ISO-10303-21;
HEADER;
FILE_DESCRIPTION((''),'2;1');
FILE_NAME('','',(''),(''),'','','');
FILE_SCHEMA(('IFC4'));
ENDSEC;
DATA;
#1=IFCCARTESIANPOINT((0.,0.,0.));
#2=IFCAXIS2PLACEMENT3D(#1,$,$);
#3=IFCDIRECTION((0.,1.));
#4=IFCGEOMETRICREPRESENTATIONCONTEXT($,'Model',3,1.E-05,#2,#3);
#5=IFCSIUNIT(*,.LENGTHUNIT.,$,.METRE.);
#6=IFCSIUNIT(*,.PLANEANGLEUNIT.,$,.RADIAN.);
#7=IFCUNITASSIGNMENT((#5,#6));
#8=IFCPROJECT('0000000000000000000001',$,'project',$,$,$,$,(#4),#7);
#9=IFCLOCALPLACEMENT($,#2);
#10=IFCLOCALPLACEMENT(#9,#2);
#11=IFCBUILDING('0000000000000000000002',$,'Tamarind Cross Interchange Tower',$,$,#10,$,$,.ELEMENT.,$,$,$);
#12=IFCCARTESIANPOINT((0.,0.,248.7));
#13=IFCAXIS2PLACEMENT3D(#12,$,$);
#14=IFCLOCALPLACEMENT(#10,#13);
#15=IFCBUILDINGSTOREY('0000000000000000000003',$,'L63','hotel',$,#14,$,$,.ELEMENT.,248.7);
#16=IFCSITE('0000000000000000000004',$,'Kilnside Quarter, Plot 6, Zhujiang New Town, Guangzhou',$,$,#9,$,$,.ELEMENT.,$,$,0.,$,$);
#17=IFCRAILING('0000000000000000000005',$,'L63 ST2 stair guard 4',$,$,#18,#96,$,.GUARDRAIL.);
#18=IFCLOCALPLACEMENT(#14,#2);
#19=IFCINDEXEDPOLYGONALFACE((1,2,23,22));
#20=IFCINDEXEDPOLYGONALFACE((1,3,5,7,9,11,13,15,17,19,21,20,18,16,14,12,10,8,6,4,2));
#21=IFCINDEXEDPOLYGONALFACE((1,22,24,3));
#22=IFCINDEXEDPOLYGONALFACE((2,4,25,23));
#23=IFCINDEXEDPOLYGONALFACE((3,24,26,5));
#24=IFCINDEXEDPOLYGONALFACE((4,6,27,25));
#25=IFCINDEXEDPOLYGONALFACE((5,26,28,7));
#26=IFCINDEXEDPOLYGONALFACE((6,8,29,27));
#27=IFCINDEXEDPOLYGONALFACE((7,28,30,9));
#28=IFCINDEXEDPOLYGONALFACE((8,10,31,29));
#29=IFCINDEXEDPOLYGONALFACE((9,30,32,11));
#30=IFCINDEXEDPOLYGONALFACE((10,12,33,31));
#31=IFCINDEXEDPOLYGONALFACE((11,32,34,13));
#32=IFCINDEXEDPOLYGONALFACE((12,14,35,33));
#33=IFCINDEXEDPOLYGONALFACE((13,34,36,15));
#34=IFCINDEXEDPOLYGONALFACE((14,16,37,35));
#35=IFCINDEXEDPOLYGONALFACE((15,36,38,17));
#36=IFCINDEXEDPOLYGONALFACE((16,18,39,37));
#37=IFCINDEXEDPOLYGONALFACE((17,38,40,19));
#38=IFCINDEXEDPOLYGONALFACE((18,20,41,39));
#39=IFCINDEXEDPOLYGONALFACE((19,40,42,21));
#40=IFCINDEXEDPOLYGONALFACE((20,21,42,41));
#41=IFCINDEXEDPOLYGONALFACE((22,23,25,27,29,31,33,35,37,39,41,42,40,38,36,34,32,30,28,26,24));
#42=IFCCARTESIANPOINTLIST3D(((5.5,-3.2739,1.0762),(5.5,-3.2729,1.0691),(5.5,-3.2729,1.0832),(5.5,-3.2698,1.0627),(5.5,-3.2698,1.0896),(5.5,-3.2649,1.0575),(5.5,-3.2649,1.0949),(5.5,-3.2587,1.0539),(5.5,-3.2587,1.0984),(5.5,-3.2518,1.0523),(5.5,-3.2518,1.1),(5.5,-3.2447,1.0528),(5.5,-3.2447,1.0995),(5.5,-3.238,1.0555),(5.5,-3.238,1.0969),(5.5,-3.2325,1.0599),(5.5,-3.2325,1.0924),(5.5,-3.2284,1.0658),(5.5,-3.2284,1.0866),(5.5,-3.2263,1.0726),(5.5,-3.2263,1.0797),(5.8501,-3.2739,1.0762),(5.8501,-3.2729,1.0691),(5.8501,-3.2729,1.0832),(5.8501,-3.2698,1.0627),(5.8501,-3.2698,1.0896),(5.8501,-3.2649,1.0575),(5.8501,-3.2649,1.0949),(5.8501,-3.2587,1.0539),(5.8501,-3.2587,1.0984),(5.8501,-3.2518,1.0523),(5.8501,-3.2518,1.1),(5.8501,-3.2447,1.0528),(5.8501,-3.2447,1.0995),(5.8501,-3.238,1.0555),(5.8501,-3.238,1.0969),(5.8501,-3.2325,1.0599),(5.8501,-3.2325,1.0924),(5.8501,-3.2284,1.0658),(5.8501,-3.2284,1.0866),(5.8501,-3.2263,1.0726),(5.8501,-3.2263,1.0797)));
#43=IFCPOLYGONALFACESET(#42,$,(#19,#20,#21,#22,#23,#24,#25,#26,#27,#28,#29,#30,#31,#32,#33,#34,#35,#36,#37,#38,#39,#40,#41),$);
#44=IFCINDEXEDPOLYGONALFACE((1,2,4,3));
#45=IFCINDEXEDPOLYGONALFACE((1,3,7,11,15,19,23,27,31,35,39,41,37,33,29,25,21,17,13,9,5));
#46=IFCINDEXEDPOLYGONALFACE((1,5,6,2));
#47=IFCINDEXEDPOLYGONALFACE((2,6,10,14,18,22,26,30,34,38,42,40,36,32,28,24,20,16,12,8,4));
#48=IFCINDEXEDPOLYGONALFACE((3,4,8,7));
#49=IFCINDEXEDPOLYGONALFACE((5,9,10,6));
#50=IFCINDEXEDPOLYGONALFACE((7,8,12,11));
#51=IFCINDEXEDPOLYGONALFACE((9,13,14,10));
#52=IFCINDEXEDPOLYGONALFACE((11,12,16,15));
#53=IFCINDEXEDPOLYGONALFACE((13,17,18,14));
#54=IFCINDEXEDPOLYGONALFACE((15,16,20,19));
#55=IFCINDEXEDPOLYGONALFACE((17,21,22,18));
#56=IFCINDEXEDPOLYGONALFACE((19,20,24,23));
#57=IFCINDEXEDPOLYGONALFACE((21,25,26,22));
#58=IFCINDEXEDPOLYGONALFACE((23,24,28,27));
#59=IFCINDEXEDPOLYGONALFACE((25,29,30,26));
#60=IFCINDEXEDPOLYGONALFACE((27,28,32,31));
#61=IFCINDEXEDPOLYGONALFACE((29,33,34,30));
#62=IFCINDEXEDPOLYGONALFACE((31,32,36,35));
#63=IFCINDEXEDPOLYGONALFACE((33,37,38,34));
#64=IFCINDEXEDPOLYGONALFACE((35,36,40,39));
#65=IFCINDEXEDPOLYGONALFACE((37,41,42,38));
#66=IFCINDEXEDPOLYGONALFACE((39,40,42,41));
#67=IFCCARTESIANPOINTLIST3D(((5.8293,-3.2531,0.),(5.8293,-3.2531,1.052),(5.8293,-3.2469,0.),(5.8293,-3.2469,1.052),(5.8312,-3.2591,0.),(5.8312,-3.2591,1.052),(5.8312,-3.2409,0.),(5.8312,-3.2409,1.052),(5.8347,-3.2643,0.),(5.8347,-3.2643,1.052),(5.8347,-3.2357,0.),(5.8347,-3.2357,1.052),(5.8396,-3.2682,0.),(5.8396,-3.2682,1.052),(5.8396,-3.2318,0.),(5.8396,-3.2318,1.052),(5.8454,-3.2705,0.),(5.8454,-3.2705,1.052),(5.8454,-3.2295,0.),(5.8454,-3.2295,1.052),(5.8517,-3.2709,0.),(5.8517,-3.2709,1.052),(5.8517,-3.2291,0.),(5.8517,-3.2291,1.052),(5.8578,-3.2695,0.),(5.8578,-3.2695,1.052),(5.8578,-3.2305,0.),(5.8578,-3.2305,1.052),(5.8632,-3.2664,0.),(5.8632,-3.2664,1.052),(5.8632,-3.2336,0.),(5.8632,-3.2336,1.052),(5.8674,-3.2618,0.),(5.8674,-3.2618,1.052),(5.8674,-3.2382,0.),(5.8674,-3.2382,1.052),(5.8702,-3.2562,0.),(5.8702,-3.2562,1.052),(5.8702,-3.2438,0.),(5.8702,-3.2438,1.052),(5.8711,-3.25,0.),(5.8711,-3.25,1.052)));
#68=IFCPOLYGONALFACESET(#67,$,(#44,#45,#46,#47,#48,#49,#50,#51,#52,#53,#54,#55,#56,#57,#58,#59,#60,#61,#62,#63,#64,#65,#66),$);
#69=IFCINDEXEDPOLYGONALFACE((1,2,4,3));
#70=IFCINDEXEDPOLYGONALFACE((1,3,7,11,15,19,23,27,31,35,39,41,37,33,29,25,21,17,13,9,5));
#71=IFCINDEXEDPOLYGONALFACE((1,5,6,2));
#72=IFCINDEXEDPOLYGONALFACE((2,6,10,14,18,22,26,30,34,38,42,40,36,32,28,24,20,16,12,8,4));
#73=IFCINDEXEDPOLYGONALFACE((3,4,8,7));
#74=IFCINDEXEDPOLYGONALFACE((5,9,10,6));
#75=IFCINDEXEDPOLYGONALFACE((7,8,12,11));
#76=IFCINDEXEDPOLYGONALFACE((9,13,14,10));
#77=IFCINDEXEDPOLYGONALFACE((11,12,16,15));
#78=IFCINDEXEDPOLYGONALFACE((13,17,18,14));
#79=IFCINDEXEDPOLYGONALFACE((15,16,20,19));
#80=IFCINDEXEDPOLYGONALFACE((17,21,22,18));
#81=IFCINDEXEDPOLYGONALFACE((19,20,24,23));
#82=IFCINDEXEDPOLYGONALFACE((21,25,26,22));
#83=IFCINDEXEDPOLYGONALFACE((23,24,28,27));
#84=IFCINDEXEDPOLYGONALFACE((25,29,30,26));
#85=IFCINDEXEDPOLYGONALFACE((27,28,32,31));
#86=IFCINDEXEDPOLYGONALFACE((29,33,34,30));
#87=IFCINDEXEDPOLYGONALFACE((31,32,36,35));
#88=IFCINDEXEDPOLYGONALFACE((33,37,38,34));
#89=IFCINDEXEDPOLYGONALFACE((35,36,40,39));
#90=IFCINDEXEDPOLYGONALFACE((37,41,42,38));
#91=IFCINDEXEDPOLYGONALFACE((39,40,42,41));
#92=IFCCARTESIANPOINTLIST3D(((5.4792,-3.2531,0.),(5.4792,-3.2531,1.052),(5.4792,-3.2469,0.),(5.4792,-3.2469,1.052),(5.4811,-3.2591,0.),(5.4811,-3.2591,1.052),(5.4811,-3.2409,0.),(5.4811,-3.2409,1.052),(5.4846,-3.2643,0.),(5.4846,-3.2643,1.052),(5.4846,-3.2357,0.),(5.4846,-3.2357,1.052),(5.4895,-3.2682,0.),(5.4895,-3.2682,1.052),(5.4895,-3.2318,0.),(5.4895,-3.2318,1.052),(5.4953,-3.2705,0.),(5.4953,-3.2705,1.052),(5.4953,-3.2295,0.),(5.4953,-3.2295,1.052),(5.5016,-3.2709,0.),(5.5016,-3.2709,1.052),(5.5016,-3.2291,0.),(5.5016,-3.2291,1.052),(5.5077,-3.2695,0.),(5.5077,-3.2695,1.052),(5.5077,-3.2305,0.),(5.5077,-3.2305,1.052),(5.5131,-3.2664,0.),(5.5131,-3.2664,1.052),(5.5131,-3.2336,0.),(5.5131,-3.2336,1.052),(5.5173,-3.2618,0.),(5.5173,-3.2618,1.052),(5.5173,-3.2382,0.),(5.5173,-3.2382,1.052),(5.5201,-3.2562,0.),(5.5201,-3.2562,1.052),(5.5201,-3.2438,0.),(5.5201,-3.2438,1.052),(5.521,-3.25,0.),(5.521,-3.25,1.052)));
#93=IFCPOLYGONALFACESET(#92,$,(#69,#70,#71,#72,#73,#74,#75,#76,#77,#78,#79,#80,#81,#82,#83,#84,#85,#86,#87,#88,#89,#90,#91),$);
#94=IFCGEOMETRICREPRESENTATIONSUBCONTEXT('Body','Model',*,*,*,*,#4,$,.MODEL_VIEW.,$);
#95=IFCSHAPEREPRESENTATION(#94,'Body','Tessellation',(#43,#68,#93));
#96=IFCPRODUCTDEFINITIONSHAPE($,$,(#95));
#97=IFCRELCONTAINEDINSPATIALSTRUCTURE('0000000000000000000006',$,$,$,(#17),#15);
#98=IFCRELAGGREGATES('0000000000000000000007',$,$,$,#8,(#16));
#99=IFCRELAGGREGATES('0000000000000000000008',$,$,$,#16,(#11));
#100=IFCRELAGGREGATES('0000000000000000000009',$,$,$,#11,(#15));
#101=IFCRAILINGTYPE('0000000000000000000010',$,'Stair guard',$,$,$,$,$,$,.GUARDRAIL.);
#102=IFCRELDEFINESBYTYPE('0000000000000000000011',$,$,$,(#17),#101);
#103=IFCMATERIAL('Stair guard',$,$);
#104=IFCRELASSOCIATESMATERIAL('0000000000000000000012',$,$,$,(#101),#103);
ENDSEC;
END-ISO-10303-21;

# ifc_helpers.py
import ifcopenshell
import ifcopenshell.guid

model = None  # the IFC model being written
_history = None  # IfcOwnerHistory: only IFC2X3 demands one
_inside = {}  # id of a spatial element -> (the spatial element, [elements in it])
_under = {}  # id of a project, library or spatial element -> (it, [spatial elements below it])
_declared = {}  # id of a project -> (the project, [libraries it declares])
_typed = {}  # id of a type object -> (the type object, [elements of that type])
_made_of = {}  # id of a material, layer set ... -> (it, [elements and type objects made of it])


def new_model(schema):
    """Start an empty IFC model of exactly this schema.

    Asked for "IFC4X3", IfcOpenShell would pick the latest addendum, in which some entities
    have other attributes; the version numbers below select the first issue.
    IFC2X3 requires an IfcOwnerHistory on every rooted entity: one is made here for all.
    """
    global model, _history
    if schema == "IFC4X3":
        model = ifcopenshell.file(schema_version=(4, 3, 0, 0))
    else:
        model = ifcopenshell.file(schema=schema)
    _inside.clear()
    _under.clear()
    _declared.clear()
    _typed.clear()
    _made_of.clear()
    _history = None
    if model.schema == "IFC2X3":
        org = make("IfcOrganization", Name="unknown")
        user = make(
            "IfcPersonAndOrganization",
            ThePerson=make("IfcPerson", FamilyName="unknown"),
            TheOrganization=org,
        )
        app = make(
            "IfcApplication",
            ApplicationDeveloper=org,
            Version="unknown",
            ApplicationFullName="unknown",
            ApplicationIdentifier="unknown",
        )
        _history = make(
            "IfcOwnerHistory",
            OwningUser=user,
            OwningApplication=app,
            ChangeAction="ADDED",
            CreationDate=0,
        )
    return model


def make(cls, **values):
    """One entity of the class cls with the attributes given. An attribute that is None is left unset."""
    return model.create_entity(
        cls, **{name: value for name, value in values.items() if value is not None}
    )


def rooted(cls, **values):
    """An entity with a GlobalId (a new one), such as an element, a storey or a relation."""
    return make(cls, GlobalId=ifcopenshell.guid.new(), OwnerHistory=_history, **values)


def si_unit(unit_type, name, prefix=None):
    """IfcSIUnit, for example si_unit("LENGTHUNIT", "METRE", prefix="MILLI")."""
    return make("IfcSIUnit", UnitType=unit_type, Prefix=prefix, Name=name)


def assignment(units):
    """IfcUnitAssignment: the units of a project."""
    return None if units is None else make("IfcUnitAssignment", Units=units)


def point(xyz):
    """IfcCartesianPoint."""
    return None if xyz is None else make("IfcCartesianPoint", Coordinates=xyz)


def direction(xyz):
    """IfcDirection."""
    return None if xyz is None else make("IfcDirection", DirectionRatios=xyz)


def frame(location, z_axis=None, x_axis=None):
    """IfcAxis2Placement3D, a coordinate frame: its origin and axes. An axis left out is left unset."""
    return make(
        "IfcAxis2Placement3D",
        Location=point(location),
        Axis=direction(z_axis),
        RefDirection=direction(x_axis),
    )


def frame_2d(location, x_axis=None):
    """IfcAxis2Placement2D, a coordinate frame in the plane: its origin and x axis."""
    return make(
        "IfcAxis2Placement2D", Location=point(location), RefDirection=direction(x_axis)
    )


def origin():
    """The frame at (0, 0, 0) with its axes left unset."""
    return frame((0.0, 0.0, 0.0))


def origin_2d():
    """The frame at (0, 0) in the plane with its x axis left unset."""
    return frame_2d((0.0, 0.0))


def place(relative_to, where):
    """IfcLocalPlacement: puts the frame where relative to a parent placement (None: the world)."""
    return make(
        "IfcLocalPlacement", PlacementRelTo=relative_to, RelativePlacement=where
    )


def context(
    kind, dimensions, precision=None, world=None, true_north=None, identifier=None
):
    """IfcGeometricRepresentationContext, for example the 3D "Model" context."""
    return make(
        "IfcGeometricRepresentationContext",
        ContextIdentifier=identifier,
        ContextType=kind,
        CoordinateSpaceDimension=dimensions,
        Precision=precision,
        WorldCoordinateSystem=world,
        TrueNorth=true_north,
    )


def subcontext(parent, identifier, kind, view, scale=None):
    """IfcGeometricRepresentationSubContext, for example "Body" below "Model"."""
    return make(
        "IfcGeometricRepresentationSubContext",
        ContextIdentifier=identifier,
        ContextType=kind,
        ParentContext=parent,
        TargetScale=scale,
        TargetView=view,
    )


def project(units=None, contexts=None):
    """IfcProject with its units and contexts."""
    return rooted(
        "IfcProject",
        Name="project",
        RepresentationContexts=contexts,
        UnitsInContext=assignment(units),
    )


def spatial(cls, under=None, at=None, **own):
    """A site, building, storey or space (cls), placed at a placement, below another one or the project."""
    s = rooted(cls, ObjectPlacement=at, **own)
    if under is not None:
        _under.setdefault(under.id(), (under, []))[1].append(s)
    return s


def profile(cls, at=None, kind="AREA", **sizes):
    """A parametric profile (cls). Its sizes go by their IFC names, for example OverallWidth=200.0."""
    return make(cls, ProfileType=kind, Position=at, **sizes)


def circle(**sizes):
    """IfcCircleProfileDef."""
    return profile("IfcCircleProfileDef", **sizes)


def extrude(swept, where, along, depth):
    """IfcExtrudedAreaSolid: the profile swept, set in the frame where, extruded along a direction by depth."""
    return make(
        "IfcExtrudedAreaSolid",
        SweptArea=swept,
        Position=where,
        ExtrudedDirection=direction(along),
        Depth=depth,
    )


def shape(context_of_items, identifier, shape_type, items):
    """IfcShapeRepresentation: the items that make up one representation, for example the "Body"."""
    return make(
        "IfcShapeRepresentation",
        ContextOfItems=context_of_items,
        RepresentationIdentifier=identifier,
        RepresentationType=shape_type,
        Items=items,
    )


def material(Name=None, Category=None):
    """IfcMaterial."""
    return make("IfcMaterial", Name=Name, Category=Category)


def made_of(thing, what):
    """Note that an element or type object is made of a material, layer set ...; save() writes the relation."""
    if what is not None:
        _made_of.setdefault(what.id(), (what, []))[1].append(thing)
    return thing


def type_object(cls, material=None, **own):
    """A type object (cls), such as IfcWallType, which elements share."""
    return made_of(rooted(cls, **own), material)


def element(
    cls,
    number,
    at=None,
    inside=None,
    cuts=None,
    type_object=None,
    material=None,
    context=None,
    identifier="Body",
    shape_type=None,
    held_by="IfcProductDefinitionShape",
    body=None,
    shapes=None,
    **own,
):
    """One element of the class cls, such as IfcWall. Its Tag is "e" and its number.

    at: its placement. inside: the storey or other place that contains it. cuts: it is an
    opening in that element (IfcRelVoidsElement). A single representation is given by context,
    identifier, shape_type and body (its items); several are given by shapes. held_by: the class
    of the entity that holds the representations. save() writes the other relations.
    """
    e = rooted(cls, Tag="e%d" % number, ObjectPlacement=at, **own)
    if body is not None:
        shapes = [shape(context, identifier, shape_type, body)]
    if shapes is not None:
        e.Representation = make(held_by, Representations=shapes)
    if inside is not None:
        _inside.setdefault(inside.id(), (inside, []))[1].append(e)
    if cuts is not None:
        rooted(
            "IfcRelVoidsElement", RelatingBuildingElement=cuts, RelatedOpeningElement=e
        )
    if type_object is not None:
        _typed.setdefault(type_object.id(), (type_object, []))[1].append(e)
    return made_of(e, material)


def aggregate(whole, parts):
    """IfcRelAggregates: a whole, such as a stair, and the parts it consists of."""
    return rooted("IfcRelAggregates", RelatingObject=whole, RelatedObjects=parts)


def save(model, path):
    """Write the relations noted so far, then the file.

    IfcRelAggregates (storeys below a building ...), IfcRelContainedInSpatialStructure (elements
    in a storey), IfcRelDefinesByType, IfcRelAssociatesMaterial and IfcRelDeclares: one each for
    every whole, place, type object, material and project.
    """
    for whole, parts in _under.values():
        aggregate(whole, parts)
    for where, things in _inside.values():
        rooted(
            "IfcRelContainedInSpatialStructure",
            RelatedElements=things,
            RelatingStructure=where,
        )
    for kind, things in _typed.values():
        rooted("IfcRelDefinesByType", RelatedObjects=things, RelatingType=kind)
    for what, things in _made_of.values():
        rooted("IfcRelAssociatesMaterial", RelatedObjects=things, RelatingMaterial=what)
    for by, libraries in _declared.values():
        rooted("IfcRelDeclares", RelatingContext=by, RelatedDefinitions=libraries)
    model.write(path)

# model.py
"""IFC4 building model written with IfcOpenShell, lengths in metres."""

from ifc_helpers import new_model, si_unit, direction, frame, origin, origin_2d, place, context, subcontext, project, spatial, circle, extrude, material, type_object, element, save


model = new_model("IFC4")

# Units and contexts
model_context = context("Model", 3, precision=1e-05, world=origin(), true_north=direction((0.0, 1.0)))
body_context = subcontext(model_context, "Body", "Model", "MODEL_VIEW")
ifc_project = project(units=[si_unit("LENGTHUNIT", "METRE"), si_unit("PLANEANGLEUNIT", "RADIAN")], contexts=[model_context])

# Site, building, storey
site_placement = place(None, origin())
site = spatial("IfcSite", under=ifc_project, at=site_placement, Name="Kilnside Quarter, Plot 6, Zhujiang New Town, Guangzhou", CompositionType="ELEMENT", RefElevation=0.0)
building_placement = place(site_placement, origin())
building = spatial("IfcBuilding", under=site, at=building_placement, Name="Tamarind Cross Interchange Tower", CompositionType="ELEMENT")
storey_placement = place(building_placement, frame((0.0, 0.0, 248.7)))
storey = spatial("IfcBuildingStorey", under=building, at=storey_placement, Name="L63", Description="hotel", CompositionType="ELEMENT", Elevation=248.7)

# Railing
ifc_material_1 = material(Name="Stair guard")
railing_type_1 = type_object("IfcRailingType", Name="Stair guard", PredefinedType="GUARDRAIL", material=ifc_material_1)
railing_1_placement = place(storey_placement, frame((5.8501, -3.25, 0.0)))
element("IfcRailing", 1, at=railing_1_placement, inside=storey, type_object=railing_type_1, Name="L63 ST2 stair guard 4", PredefinedType="GUARDRAIL", context=body_context, shape_type="SweptSolid", body=[
    extrude(circle(Radius=0.0239, at=origin_2d()), frame((0.0, 0.0, 1.0762), z_axis=(-1.0, 0.0, 0.0), x_axis=(0.0, -1.0, 0.0)), (0.0, 0.0, 1.0), 0.3501),
    extrude(circle(Radius=0.021, at=origin_2d()), origin(), (0.0, 0.0, 1.0), 1.052),
    extrude(circle(Radius=0.021, at=origin_2d()), frame((-0.3501, 0.0, 0.0)), (0.0, 0.0, 1.0), 1.052),
])

save(model, "model.ifc")
